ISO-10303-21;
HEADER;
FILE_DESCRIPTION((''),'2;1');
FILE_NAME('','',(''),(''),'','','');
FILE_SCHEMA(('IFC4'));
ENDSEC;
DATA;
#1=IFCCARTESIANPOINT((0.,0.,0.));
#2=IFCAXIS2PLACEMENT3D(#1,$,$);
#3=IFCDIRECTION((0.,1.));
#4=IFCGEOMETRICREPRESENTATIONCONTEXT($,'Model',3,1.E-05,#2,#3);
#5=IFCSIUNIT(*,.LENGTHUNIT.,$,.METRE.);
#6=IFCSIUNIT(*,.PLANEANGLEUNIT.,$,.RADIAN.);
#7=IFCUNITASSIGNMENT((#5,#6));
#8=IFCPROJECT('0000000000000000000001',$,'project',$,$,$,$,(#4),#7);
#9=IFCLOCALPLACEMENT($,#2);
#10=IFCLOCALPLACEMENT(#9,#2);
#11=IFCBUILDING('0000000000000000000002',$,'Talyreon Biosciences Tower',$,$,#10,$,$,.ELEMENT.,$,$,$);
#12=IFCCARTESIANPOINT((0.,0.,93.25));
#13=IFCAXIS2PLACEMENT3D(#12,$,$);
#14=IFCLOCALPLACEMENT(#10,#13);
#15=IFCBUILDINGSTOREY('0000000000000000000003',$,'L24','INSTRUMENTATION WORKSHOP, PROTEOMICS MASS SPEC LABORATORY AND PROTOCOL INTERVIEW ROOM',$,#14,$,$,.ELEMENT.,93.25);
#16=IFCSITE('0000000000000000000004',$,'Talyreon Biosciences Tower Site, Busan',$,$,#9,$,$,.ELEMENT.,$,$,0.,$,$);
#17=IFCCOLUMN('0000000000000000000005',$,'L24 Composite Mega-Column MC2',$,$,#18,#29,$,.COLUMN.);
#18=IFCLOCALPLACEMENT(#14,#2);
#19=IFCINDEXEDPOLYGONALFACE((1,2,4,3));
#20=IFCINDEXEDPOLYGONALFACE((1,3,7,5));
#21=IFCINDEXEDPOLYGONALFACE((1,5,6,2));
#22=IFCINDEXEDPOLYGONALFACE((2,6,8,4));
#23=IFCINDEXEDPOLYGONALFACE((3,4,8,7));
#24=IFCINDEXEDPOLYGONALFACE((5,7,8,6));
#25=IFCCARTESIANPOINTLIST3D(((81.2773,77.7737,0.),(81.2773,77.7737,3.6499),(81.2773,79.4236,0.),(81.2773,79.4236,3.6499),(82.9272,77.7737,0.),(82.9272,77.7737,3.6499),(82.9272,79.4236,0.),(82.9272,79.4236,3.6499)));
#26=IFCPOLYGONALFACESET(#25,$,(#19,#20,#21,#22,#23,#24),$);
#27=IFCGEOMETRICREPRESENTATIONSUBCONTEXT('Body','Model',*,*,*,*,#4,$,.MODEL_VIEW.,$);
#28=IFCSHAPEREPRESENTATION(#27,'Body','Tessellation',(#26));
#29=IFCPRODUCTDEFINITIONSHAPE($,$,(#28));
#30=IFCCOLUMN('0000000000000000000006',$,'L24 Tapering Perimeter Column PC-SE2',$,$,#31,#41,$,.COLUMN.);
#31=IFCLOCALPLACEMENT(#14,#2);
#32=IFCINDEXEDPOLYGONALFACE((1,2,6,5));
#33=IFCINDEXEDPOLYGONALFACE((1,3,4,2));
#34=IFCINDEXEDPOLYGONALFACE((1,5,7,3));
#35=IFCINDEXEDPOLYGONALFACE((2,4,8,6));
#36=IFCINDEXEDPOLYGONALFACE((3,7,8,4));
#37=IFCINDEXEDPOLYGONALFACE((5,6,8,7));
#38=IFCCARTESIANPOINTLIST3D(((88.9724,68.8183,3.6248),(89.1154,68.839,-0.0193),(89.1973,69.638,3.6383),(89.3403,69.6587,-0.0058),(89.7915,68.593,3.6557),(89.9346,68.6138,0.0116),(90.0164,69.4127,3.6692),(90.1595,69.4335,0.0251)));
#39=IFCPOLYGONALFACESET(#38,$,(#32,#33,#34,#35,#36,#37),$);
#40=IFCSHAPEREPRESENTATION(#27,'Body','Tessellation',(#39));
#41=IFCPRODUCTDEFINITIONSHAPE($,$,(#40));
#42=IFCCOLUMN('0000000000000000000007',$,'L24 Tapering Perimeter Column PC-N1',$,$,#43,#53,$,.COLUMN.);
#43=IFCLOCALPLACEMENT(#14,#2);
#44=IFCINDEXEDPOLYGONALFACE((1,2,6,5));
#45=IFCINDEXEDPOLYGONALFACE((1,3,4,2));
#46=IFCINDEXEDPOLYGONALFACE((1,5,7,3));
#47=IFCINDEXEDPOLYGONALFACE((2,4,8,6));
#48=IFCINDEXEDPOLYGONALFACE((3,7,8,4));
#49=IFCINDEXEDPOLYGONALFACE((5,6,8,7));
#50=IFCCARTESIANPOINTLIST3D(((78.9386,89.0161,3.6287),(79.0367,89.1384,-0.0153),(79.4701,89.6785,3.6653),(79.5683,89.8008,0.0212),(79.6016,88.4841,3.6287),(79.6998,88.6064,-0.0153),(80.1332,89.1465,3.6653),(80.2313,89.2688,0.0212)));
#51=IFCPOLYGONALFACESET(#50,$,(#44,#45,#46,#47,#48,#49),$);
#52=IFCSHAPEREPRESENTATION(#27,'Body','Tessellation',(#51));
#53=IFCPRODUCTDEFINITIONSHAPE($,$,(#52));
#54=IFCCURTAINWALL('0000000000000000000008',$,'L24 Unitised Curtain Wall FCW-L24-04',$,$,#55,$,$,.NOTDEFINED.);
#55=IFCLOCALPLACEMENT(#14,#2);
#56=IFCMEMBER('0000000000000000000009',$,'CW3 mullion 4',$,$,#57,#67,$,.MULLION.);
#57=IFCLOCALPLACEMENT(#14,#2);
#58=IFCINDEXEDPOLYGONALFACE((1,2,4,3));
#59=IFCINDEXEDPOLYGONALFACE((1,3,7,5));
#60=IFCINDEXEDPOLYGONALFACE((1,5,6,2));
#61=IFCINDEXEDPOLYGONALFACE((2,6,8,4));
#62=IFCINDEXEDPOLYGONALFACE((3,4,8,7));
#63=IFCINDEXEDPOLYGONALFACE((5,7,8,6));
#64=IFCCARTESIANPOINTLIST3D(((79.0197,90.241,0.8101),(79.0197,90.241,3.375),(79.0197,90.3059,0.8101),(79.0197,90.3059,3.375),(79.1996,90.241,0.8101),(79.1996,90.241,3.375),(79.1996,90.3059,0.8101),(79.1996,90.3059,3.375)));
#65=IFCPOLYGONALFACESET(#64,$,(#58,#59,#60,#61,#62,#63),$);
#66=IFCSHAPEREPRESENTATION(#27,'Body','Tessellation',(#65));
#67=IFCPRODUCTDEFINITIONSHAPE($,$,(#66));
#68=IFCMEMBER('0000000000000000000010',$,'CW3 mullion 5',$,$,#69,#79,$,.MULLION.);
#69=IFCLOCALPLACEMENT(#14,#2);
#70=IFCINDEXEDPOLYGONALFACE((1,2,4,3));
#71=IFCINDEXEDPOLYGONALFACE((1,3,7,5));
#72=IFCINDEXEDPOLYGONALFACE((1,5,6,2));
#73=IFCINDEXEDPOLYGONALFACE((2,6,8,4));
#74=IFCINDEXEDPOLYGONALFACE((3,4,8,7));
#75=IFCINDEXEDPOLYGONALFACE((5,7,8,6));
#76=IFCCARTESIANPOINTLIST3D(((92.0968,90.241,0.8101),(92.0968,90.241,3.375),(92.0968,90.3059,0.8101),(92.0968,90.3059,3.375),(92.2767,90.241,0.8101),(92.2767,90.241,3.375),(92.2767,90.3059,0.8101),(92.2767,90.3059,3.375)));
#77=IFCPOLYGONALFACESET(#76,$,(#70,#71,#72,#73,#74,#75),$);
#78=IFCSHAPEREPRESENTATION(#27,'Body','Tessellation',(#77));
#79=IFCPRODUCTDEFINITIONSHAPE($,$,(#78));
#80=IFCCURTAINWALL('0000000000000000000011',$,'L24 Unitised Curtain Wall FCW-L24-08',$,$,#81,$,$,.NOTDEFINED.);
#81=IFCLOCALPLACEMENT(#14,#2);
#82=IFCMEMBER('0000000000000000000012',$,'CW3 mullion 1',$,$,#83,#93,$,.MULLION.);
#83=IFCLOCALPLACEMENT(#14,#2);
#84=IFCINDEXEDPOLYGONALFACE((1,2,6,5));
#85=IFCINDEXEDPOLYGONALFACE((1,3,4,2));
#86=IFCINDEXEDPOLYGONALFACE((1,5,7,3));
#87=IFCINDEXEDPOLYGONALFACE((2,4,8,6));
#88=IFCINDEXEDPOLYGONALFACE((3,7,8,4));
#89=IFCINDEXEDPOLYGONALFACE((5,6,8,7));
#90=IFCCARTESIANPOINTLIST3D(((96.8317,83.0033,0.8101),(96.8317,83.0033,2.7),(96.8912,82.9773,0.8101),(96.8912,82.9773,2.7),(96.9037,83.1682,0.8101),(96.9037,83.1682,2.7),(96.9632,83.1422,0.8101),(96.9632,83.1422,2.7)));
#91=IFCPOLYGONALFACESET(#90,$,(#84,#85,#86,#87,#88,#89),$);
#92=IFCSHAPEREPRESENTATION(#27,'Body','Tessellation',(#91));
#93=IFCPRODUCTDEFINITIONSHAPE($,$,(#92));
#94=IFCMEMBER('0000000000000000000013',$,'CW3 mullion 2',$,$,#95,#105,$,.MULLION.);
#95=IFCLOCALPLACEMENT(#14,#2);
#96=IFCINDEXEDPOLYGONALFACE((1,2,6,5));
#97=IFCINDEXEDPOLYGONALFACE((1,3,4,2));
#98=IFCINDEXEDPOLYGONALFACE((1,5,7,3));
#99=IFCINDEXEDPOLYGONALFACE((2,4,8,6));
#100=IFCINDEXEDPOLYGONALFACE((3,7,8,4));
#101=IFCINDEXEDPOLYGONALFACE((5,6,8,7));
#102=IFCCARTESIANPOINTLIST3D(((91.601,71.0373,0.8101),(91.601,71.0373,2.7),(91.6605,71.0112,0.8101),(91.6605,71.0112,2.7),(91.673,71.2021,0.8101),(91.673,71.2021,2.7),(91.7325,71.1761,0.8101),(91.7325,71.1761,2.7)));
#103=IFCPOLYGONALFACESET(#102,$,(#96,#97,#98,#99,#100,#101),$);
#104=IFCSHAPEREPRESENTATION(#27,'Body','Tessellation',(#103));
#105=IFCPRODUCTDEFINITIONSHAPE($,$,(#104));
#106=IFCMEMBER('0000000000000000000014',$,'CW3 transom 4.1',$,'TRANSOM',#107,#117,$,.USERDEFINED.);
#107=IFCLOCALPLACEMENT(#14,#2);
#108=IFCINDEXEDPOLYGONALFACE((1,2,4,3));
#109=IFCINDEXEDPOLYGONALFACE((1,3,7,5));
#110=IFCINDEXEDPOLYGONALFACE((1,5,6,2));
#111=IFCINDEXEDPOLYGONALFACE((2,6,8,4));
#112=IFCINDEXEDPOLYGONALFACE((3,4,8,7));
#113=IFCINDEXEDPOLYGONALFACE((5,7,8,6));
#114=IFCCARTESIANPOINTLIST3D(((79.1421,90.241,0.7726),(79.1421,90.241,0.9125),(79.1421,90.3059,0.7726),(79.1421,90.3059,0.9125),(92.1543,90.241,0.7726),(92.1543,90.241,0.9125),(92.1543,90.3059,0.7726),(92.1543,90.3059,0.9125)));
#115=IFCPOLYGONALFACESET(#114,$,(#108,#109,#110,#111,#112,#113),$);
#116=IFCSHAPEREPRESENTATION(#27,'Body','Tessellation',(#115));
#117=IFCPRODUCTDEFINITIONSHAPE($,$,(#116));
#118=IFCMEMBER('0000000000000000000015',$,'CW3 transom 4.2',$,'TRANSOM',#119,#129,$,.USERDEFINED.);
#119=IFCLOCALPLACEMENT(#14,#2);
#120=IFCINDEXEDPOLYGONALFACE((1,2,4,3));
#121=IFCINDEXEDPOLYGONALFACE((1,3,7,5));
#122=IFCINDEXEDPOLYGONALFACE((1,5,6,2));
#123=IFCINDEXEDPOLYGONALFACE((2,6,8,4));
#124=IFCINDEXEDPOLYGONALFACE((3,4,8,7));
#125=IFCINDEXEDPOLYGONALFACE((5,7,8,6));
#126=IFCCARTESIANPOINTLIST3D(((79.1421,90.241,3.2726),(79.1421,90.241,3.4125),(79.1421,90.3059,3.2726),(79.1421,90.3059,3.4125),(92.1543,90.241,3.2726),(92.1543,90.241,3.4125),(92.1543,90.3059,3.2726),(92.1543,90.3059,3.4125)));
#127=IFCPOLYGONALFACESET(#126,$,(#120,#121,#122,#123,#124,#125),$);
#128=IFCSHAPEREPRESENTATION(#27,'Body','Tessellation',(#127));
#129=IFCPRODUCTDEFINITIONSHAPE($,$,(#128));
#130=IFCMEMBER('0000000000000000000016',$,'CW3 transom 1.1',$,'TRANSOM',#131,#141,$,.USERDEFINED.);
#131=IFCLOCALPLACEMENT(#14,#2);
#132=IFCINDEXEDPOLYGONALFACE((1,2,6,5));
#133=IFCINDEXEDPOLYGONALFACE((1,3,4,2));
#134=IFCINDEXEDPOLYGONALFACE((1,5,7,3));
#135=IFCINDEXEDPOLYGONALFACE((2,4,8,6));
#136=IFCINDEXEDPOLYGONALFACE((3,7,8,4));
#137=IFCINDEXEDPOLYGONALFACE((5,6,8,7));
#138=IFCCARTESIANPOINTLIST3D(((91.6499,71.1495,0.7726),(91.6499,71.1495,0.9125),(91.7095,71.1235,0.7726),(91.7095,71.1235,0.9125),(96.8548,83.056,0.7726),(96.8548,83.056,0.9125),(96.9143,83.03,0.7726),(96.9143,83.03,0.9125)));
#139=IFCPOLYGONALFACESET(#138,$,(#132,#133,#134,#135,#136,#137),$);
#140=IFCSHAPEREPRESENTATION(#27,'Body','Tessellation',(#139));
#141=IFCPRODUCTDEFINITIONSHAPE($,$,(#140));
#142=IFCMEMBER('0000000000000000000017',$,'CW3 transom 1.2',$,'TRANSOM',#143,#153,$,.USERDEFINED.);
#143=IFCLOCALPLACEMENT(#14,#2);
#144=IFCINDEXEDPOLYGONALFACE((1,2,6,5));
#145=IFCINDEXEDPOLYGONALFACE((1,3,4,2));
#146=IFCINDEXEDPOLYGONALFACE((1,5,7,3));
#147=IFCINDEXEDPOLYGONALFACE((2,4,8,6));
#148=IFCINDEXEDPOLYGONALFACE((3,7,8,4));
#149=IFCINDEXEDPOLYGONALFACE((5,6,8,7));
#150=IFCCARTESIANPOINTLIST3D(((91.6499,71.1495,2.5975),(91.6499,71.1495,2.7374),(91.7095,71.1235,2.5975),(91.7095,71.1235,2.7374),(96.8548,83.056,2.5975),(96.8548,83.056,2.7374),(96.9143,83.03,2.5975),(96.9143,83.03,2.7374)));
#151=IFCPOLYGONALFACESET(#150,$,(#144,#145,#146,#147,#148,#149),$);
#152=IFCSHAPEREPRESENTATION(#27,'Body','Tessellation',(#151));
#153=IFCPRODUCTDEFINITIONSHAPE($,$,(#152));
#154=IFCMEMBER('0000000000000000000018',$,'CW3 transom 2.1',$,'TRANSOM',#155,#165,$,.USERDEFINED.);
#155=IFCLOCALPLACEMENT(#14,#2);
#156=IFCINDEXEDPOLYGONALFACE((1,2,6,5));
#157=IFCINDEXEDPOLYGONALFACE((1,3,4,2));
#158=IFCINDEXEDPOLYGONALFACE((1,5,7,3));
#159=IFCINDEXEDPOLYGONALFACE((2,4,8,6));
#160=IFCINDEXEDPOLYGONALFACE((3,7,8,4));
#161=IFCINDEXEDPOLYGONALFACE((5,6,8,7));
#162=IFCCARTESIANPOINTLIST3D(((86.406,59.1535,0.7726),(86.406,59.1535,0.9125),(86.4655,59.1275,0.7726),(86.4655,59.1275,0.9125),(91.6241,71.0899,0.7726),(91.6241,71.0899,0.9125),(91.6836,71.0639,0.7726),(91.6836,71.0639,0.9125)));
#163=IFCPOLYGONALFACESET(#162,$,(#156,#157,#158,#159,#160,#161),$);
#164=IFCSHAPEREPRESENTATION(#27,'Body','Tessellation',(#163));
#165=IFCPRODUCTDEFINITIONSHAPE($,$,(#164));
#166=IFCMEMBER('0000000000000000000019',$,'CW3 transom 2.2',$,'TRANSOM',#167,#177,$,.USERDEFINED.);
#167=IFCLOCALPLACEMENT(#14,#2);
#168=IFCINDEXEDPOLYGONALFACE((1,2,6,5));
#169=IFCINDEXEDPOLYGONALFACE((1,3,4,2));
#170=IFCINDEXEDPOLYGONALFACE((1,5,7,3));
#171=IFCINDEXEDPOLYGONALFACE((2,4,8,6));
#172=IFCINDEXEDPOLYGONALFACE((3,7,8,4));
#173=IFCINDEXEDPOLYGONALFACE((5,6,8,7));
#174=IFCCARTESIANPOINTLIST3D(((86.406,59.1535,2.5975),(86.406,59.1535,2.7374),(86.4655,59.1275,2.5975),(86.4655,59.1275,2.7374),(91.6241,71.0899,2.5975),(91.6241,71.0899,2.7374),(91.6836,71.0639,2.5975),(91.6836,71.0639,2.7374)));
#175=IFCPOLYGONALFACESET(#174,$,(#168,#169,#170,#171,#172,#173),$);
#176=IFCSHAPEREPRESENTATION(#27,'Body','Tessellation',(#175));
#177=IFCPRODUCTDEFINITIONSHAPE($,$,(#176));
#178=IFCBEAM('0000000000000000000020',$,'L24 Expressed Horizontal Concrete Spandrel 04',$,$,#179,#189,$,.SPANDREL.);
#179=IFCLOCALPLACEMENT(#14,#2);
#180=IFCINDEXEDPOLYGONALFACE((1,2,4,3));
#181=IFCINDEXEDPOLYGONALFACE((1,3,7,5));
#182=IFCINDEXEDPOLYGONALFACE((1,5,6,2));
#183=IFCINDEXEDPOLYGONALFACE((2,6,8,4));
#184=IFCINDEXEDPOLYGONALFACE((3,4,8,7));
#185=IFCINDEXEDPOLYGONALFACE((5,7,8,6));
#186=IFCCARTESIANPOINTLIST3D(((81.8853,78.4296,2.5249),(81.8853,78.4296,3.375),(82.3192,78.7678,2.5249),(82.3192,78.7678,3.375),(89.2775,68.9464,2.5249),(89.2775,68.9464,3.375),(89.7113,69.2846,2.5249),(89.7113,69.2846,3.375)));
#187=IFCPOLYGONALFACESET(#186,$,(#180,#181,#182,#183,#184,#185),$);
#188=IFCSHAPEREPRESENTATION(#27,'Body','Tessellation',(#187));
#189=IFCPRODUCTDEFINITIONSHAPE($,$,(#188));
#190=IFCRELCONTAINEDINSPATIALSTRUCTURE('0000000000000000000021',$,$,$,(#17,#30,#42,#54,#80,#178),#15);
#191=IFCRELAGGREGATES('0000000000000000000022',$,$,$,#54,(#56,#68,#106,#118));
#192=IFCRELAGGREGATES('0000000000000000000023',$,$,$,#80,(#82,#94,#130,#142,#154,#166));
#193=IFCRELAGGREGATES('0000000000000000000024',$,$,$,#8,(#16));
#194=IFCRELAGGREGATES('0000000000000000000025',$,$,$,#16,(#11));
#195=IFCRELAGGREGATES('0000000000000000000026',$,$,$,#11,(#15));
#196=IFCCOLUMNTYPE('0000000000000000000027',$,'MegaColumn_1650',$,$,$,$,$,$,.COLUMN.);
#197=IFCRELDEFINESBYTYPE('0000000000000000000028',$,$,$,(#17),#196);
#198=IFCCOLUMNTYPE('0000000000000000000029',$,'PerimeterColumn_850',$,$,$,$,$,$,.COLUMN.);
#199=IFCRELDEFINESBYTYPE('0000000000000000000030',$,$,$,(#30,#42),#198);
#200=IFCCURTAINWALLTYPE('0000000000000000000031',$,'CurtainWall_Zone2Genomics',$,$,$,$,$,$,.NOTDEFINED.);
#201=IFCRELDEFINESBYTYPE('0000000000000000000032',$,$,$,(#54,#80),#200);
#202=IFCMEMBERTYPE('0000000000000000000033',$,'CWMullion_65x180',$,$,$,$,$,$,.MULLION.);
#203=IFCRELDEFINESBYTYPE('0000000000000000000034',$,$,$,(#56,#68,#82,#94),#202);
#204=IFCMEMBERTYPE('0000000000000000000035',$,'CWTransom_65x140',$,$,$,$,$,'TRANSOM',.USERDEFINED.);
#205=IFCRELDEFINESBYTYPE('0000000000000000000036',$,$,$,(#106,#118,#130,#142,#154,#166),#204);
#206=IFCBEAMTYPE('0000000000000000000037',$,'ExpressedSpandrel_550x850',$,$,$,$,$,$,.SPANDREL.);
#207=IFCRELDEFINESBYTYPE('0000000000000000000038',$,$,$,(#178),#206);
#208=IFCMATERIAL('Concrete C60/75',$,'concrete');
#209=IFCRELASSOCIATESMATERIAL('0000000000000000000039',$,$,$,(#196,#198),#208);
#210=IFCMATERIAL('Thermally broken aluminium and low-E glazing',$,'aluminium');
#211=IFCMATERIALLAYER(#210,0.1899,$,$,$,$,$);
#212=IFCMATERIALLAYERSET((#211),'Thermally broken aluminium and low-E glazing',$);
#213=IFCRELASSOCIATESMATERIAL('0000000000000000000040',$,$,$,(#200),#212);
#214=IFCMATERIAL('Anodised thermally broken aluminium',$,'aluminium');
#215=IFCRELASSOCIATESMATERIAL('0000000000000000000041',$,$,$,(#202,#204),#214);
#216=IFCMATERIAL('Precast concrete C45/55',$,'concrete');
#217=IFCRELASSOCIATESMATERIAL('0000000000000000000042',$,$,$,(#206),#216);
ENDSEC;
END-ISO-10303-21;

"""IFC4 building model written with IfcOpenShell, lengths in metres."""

from ifc_helpers import new_model, si_unit, direction, frame, origin, origin_2d, place, context, subcontext, project, spatial, rectangle, extrude, material, layer, layer_set, material_profile, profile_set, type_object, element, aggregate, save


model = new_model("IFC4")

# Units and contexts
model_context = context("Model", 3, precision=1e-05, world=origin(), true_north=direction((0.0, 1.0)))
body_context = subcontext(model_context, "Body", "Model", "MODEL_VIEW")
ifc_project = project(units=[si_unit("LENGTHUNIT", "METRE"), si_unit("PLANEANGLEUNIT", "RADIAN")], contexts=[model_context])

# Site, building, storey
site_placement = place(None, origin())
site = spatial("IfcSite", under=ifc_project, at=site_placement, Name="Talyreon Biosciences Tower Site, Busan", CompositionType="ELEMENT", RefElevation=0.0)
building_placement = place(site_placement, origin())
building = spatial("IfcBuilding", under=site, at=building_placement, Name="Talyreon Biosciences Tower", CompositionType="ELEMENT")
storey_placement = place(building_placement, frame((0.0, 0.0, 93.25)))
storey = spatial("IfcBuildingStorey", under=building, at=storey_placement, Name="L24", Description="INSTRUMENTATION WORKSHOP, PROTEOMICS MASS SPEC LABORATORY AND PROTOCOL INTERVIEW ROOM", CompositionType="ELEMENT", Elevation=93.25)

# Columns
ifc_material_1 = material(Name="Concrete C60/75", Category="concrete")
ifc_material_profile_1 = material_profile(ifc_material_1, rectangle(XDim=1.6499, YDim=1.6499, at=origin_2d()), Name="RC 1650x1650")
ifc_profile_set_1 = profile_set([ifc_material_profile_1], Name="Concrete C60/75")
column_type_1 = type_object("IfcColumnType", Name="MegaColumn_1650", PredefinedType="COLUMN", material=ifc_profile_set_1)
column_1_placement = place(storey_placement, frame((82.1023, 78.5986, 0.0), z_axis=(0.0, 0.0, 1.0), x_axis=(1.0, 0.0, 0.0)))
element("IfcColumn", 1, at=column_1_placement, inside=storey, type_object=column_type_1, Name="L24 Composite Mega-Column MC2", PredefinedType="COLUMN", context=body_context, shape_type="SweptSolid", body=[
    extrude(rectangle(XDim=1.6499, YDim=1.6499, at=origin_2d()), origin(), (0.0, 0.0, 1.0), 3.6499),
])
ifc_material_profile_2 = material_profile(ifc_material_1, rectangle(XDim=0.8501, YDim=0.8501, at=origin_2d()), Name="RC 850x850")
ifc_profile_set_2 = profile_set([ifc_material_profile_2], Name="Concrete C60/75")
column_type_2 = type_object("IfcColumnType", Name="PerimeterColumn_850", PredefinedType="COLUMN", material=ifc_profile_set_2)
column_2_placement = place(storey_placement, frame((89.6375, 69.1362, 0.0029), z_axis=(-0.039229, -0.00569, 0.999214), x_axis=(0.963574, -0.264965, 0.036321)))
element("IfcColumn", 2, at=column_2_placement, inside=storey, type_object=column_type_2, Name="L24 Tapering Perimeter Column PC-SE2", PredefinedType="COLUMN", context=body_context, shape_type="SweptSolid", body=[
    extrude(rectangle(XDim=0.8501, YDim=0.8501, at=origin_2d()), origin(), (0.0, 0.0, 1.0), 3.647),
])
column_3_placement = place(storey_placement, frame((79.634, 89.2036, 0.0029), z_axis=(-0.026908, -0.033535, 0.999075), x_axis=(-0.779957, 0.625834, 0.0)))
element("IfcColumn", 3, at=column_3_placement, inside=storey, type_object=column_type_2, Name="L24 Tapering Perimeter Column PC-N1", PredefinedType="COLUMN", context=body_context, shape_type="SweptSolid", body=[
    extrude(rectangle(XDim=0.8501, YDim=0.8501, at=origin_2d()), origin(), (0.0, 0.0, 1.0), 3.6475),
])

# Curtain walls, members
ifc_material_2 = material(Name="Thermally broken aluminium and low-E glazing", Category="aluminium")
ifc_layer_1 = layer(ifc_material_2, 0.1899)
ifc_layer_set_1 = layer_set([ifc_layer_1], Name="Thermally broken aluminium and low-E glazing")
curtain_wall_type = type_object("IfcCurtainWallType", Name="CurtainWall_Zone2Genomics", PredefinedType="NOTDEFINED", material=ifc_layer_set_1)
curtain_wall_1_placement = place(storey_placement, origin())
curtain_wall_1 = element("IfcCurtainWall", 4, at=curtain_wall_1_placement, inside=storey, type_object=curtain_wall_type, Name="L24 Unitised Curtain Wall FCW-L24-04", PredefinedType="NOTDEFINED")
ifc_material_3 = material(Name="Anodised thermally broken aluminium", Category="aluminium")
ifc_material_profile_3 = material_profile(ifc_material_3, rectangle(XDim=0.0649, YDim=0.1799, at=origin_2d()), Name="ALUM MULLION 65x180")
ifc_profile_set_3 = profile_set([ifc_material_profile_3], Name="Anodised thermally broken aluminium")
member_type_1 = type_object("IfcMemberType", Name="CWMullion_65x180", PredefinedType="MULLION", material=ifc_profile_set_3)
member_1_placement = place(storey_placement, frame((79.1096, 90.2734, 0.8101), z_axis=(0.0, 0.0, 1.0), x_axis=(0.0, 1.0, 0.0)))
member_1 = element("IfcMember", 5, at=member_1_placement, type_object=member_type_1, Name="CW3 mullion 4", PredefinedType="MULLION", context=body_context, shape_type="SweptSolid", body=[
    extrude(rectangle(XDim=0.0649, YDim=0.1799, at=origin_2d()), origin(), (0.0, 0.0, 1.0), 2.5649),
])
member_2_placement = place(storey_placement, frame((92.1868, 90.2734, 0.8101), z_axis=(0.0, 0.0, 1.0), x_axis=(0.0, 1.0, 0.0)))
member_2 = element("IfcMember", 6, at=member_2_placement, type_object=member_type_1, Name="CW3 mullion 5", PredefinedType="MULLION", context=body_context, shape_type="SweptSolid", body=[
    extrude(rectangle(XDim=0.0649, YDim=0.1799, at=origin_2d()), origin(), (0.0, 0.0, 1.0), 2.5649),
])
curtain_wall_2_placement = place(storey_placement, origin())
curtain_wall_2 = element("IfcCurtainWall", 7, at=curtain_wall_2_placement, inside=storey, type_object=curtain_wall_type, Name="L24 Unitised Curtain Wall FCW-L24-08", PredefinedType="NOTDEFINED")
member_3_placement = place(storey_placement, frame((96.8975, 83.0728, 0.8101), z_axis=(0.0, 0.0, 1.0), x_axis=(0.916278, -0.400542, 0.0)))
member_3 = element("IfcMember", 8, at=member_3_placement, type_object=member_type_1, Name="CW3 mullion 1", PredefinedType="MULLION", context=body_context, shape_type="SweptSolid", body=[
    extrude(rectangle(XDim=0.0649, YDim=0.1799, at=origin_2d()), origin(), (0.0, 0.0, 1.0), 1.8899),
])
member_4_placement = place(storey_placement, frame((91.6667, 71.1067, 0.8101), z_axis=(0.0, 0.0, 1.0), x_axis=(0.916278, -0.400542, 0.0)))
member_4 = element("IfcMember", 9, at=member_4_placement, type_object=member_type_1, Name="CW3 mullion 2", PredefinedType="MULLION", context=body_context, shape_type="SweptSolid", body=[
    extrude(rectangle(XDim=0.0649, YDim=0.1799, at=origin_2d()), origin(), (0.0, 0.0, 1.0), 1.8899),
])

# Members
ifc_material_profile_4 = material_profile(ifc_material_3, rectangle(XDim=0.0649, YDim=0.1399, at=origin_2d()), Name="ALUM TRANSOM 65x140")
ifc_profile_set_4 = profile_set([ifc_material_profile_4], Name="Anodised thermally broken aluminium")
member_type_2 = type_object("IfcMemberType", Name="CWTransom_65x140", ElementType="TRANSOM", PredefinedType="USERDEFINED", material=ifc_profile_set_4)
member_5_placement = place(storey_placement, frame((79.1421, 90.2734, 0.8425), z_axis=(1.0, 0.0, 0.0), x_axis=(0.0, 1.0, 0.0)))
member_5 = element("IfcMember", 10, at=member_5_placement, type_object=member_type_2, Name="CW3 transom 4.1", ObjectType="TRANSOM", PredefinedType="USERDEFINED", context=body_context, shape_type="SweptSolid", body=[
    extrude(rectangle(XDim=0.0649, YDim=0.1399, at=origin_2d()), origin(), (0.0, 0.0, 1.0), 13.0122),
])
member_6_placement = place(storey_placement, frame((79.1421, 90.2734, 3.3425), z_axis=(1.0, 0.0, 0.0), x_axis=(0.0, 1.0, 0.0)))
member_6 = element("IfcMember", 11, at=member_6_placement, type_object=member_type_2, Name="CW3 transom 4.2", ObjectType="TRANSOM", PredefinedType="USERDEFINED", context=body_context, shape_type="SweptSolid", body=[
    extrude(rectangle(XDim=0.0649, YDim=0.1399, at=origin_2d()), origin(), (0.0, 0.0, 1.0), 13.0122),
])
member_7_placement = place(storey_placement, frame((96.8845, 83.043, 0.8425), z_axis=(-0.400544, -0.916278, 0.0), x_axis=(0.916278, -0.400544, 0.0)))
member_7 = element("IfcMember", 12, at=member_7_placement, type_object=member_type_2, Name="CW3 transom 1.1", ObjectType="TRANSOM", PredefinedType="USERDEFINED", context=body_context, shape_type="SweptSolid", body=[
    extrude(rectangle(XDim=0.0649, YDim=0.1399, at=origin_2d()), origin(), (0.0, 0.0, 1.0), 12.9944),
])
member_8_placement = place(storey_placement, frame((96.8845, 83.043, 2.6675), z_axis=(-0.400544, -0.916278, 0.0), x_axis=(0.916278, -0.400544, 0.0)))
member_8 = element("IfcMember", 13, at=member_8_placement, type_object=member_type_2, Name="CW3 transom 1.2", ObjectType="TRANSOM", PredefinedType="USERDEFINED", context=body_context, shape_type="SweptSolid", body=[
    extrude(rectangle(XDim=0.0649, YDim=0.1399, at=origin_2d()), origin(), (0.0, 0.0, 1.0), 12.9944),
])
member_9_placement = place(storey_placement, frame((91.6538, 71.0769, 0.8425), z_axis=(-0.400554, -0.916273, 0.0), x_axis=(0.916273, -0.400554, 0.0)))
member_9 = element("IfcMember", 14, at=member_9_placement, type_object=member_type_2, Name="CW3 transom 2.1", ObjectType="TRANSOM", PredefinedType="USERDEFINED", context=body_context, shape_type="SweptSolid", body=[
    extrude(rectangle(XDim=0.0649, YDim=0.1399, at=origin_2d()), origin(), (0.0, 0.0, 1.0), 13.0271),
])
member_10_placement = place(storey_placement, frame((91.6538, 71.0769, 2.6675), z_axis=(-0.400554, -0.916273, 0.0), x_axis=(0.916273, -0.400554, 0.0)))
member_10 = element("IfcMember", 15, at=member_10_placement, type_object=member_type_2, Name="CW3 transom 2.2", ObjectType="TRANSOM", PredefinedType="USERDEFINED", context=body_context, shape_type="SweptSolid", body=[
    extrude(rectangle(XDim=0.0649, YDim=0.1399, at=origin_2d()), origin(), (0.0, 0.0, 1.0), 13.0271),
])

# Beam
ifc_material_4 = material(Name="Precast concrete C45/55", Category="concrete")
ifc_material_profile_5 = material_profile(ifc_material_4, rectangle(XDim=0.55, YDim=0.8501, at=origin_2d()), Name="RCB 550x850")
ifc_profile_set_5 = profile_set([ifc_material_profile_5], Name="Precast concrete C45/55")
beam_type_1 = type_object("IfcBeamType", Name="ExpressedSpandrel_550x850", PredefinedType="SPANDREL", material=ifc_profile_set_5)
beam_1_placement = place(storey_placement, frame((89.4944, 69.1155, 2.95), z_axis=(-0.614785, 0.788695, 0.0), x_axis=(-0.788695, -0.614785, 0.0)))
element("IfcBeam", 16, at=beam_1_placement, inside=storey, type_object=beam_type_1, Name="L24 Expressed Horizontal Concrete Spandrel 04", PredefinedType="SPANDREL", context=body_context, shape_type="SweptSolid", body=[
    extrude(rectangle(XDim=0.55, YDim=0.8501, at=origin_2d()), origin(), (0.0, 0.0, 1.0), 12.0239),
])

aggregate(curtain_wall_1, [member_1, member_2, member_5, member_6])
aggregate(curtain_wall_2, [member_3, member_4, member_7, member_8, member_9, member_10])

save(model, "model.ifc")
